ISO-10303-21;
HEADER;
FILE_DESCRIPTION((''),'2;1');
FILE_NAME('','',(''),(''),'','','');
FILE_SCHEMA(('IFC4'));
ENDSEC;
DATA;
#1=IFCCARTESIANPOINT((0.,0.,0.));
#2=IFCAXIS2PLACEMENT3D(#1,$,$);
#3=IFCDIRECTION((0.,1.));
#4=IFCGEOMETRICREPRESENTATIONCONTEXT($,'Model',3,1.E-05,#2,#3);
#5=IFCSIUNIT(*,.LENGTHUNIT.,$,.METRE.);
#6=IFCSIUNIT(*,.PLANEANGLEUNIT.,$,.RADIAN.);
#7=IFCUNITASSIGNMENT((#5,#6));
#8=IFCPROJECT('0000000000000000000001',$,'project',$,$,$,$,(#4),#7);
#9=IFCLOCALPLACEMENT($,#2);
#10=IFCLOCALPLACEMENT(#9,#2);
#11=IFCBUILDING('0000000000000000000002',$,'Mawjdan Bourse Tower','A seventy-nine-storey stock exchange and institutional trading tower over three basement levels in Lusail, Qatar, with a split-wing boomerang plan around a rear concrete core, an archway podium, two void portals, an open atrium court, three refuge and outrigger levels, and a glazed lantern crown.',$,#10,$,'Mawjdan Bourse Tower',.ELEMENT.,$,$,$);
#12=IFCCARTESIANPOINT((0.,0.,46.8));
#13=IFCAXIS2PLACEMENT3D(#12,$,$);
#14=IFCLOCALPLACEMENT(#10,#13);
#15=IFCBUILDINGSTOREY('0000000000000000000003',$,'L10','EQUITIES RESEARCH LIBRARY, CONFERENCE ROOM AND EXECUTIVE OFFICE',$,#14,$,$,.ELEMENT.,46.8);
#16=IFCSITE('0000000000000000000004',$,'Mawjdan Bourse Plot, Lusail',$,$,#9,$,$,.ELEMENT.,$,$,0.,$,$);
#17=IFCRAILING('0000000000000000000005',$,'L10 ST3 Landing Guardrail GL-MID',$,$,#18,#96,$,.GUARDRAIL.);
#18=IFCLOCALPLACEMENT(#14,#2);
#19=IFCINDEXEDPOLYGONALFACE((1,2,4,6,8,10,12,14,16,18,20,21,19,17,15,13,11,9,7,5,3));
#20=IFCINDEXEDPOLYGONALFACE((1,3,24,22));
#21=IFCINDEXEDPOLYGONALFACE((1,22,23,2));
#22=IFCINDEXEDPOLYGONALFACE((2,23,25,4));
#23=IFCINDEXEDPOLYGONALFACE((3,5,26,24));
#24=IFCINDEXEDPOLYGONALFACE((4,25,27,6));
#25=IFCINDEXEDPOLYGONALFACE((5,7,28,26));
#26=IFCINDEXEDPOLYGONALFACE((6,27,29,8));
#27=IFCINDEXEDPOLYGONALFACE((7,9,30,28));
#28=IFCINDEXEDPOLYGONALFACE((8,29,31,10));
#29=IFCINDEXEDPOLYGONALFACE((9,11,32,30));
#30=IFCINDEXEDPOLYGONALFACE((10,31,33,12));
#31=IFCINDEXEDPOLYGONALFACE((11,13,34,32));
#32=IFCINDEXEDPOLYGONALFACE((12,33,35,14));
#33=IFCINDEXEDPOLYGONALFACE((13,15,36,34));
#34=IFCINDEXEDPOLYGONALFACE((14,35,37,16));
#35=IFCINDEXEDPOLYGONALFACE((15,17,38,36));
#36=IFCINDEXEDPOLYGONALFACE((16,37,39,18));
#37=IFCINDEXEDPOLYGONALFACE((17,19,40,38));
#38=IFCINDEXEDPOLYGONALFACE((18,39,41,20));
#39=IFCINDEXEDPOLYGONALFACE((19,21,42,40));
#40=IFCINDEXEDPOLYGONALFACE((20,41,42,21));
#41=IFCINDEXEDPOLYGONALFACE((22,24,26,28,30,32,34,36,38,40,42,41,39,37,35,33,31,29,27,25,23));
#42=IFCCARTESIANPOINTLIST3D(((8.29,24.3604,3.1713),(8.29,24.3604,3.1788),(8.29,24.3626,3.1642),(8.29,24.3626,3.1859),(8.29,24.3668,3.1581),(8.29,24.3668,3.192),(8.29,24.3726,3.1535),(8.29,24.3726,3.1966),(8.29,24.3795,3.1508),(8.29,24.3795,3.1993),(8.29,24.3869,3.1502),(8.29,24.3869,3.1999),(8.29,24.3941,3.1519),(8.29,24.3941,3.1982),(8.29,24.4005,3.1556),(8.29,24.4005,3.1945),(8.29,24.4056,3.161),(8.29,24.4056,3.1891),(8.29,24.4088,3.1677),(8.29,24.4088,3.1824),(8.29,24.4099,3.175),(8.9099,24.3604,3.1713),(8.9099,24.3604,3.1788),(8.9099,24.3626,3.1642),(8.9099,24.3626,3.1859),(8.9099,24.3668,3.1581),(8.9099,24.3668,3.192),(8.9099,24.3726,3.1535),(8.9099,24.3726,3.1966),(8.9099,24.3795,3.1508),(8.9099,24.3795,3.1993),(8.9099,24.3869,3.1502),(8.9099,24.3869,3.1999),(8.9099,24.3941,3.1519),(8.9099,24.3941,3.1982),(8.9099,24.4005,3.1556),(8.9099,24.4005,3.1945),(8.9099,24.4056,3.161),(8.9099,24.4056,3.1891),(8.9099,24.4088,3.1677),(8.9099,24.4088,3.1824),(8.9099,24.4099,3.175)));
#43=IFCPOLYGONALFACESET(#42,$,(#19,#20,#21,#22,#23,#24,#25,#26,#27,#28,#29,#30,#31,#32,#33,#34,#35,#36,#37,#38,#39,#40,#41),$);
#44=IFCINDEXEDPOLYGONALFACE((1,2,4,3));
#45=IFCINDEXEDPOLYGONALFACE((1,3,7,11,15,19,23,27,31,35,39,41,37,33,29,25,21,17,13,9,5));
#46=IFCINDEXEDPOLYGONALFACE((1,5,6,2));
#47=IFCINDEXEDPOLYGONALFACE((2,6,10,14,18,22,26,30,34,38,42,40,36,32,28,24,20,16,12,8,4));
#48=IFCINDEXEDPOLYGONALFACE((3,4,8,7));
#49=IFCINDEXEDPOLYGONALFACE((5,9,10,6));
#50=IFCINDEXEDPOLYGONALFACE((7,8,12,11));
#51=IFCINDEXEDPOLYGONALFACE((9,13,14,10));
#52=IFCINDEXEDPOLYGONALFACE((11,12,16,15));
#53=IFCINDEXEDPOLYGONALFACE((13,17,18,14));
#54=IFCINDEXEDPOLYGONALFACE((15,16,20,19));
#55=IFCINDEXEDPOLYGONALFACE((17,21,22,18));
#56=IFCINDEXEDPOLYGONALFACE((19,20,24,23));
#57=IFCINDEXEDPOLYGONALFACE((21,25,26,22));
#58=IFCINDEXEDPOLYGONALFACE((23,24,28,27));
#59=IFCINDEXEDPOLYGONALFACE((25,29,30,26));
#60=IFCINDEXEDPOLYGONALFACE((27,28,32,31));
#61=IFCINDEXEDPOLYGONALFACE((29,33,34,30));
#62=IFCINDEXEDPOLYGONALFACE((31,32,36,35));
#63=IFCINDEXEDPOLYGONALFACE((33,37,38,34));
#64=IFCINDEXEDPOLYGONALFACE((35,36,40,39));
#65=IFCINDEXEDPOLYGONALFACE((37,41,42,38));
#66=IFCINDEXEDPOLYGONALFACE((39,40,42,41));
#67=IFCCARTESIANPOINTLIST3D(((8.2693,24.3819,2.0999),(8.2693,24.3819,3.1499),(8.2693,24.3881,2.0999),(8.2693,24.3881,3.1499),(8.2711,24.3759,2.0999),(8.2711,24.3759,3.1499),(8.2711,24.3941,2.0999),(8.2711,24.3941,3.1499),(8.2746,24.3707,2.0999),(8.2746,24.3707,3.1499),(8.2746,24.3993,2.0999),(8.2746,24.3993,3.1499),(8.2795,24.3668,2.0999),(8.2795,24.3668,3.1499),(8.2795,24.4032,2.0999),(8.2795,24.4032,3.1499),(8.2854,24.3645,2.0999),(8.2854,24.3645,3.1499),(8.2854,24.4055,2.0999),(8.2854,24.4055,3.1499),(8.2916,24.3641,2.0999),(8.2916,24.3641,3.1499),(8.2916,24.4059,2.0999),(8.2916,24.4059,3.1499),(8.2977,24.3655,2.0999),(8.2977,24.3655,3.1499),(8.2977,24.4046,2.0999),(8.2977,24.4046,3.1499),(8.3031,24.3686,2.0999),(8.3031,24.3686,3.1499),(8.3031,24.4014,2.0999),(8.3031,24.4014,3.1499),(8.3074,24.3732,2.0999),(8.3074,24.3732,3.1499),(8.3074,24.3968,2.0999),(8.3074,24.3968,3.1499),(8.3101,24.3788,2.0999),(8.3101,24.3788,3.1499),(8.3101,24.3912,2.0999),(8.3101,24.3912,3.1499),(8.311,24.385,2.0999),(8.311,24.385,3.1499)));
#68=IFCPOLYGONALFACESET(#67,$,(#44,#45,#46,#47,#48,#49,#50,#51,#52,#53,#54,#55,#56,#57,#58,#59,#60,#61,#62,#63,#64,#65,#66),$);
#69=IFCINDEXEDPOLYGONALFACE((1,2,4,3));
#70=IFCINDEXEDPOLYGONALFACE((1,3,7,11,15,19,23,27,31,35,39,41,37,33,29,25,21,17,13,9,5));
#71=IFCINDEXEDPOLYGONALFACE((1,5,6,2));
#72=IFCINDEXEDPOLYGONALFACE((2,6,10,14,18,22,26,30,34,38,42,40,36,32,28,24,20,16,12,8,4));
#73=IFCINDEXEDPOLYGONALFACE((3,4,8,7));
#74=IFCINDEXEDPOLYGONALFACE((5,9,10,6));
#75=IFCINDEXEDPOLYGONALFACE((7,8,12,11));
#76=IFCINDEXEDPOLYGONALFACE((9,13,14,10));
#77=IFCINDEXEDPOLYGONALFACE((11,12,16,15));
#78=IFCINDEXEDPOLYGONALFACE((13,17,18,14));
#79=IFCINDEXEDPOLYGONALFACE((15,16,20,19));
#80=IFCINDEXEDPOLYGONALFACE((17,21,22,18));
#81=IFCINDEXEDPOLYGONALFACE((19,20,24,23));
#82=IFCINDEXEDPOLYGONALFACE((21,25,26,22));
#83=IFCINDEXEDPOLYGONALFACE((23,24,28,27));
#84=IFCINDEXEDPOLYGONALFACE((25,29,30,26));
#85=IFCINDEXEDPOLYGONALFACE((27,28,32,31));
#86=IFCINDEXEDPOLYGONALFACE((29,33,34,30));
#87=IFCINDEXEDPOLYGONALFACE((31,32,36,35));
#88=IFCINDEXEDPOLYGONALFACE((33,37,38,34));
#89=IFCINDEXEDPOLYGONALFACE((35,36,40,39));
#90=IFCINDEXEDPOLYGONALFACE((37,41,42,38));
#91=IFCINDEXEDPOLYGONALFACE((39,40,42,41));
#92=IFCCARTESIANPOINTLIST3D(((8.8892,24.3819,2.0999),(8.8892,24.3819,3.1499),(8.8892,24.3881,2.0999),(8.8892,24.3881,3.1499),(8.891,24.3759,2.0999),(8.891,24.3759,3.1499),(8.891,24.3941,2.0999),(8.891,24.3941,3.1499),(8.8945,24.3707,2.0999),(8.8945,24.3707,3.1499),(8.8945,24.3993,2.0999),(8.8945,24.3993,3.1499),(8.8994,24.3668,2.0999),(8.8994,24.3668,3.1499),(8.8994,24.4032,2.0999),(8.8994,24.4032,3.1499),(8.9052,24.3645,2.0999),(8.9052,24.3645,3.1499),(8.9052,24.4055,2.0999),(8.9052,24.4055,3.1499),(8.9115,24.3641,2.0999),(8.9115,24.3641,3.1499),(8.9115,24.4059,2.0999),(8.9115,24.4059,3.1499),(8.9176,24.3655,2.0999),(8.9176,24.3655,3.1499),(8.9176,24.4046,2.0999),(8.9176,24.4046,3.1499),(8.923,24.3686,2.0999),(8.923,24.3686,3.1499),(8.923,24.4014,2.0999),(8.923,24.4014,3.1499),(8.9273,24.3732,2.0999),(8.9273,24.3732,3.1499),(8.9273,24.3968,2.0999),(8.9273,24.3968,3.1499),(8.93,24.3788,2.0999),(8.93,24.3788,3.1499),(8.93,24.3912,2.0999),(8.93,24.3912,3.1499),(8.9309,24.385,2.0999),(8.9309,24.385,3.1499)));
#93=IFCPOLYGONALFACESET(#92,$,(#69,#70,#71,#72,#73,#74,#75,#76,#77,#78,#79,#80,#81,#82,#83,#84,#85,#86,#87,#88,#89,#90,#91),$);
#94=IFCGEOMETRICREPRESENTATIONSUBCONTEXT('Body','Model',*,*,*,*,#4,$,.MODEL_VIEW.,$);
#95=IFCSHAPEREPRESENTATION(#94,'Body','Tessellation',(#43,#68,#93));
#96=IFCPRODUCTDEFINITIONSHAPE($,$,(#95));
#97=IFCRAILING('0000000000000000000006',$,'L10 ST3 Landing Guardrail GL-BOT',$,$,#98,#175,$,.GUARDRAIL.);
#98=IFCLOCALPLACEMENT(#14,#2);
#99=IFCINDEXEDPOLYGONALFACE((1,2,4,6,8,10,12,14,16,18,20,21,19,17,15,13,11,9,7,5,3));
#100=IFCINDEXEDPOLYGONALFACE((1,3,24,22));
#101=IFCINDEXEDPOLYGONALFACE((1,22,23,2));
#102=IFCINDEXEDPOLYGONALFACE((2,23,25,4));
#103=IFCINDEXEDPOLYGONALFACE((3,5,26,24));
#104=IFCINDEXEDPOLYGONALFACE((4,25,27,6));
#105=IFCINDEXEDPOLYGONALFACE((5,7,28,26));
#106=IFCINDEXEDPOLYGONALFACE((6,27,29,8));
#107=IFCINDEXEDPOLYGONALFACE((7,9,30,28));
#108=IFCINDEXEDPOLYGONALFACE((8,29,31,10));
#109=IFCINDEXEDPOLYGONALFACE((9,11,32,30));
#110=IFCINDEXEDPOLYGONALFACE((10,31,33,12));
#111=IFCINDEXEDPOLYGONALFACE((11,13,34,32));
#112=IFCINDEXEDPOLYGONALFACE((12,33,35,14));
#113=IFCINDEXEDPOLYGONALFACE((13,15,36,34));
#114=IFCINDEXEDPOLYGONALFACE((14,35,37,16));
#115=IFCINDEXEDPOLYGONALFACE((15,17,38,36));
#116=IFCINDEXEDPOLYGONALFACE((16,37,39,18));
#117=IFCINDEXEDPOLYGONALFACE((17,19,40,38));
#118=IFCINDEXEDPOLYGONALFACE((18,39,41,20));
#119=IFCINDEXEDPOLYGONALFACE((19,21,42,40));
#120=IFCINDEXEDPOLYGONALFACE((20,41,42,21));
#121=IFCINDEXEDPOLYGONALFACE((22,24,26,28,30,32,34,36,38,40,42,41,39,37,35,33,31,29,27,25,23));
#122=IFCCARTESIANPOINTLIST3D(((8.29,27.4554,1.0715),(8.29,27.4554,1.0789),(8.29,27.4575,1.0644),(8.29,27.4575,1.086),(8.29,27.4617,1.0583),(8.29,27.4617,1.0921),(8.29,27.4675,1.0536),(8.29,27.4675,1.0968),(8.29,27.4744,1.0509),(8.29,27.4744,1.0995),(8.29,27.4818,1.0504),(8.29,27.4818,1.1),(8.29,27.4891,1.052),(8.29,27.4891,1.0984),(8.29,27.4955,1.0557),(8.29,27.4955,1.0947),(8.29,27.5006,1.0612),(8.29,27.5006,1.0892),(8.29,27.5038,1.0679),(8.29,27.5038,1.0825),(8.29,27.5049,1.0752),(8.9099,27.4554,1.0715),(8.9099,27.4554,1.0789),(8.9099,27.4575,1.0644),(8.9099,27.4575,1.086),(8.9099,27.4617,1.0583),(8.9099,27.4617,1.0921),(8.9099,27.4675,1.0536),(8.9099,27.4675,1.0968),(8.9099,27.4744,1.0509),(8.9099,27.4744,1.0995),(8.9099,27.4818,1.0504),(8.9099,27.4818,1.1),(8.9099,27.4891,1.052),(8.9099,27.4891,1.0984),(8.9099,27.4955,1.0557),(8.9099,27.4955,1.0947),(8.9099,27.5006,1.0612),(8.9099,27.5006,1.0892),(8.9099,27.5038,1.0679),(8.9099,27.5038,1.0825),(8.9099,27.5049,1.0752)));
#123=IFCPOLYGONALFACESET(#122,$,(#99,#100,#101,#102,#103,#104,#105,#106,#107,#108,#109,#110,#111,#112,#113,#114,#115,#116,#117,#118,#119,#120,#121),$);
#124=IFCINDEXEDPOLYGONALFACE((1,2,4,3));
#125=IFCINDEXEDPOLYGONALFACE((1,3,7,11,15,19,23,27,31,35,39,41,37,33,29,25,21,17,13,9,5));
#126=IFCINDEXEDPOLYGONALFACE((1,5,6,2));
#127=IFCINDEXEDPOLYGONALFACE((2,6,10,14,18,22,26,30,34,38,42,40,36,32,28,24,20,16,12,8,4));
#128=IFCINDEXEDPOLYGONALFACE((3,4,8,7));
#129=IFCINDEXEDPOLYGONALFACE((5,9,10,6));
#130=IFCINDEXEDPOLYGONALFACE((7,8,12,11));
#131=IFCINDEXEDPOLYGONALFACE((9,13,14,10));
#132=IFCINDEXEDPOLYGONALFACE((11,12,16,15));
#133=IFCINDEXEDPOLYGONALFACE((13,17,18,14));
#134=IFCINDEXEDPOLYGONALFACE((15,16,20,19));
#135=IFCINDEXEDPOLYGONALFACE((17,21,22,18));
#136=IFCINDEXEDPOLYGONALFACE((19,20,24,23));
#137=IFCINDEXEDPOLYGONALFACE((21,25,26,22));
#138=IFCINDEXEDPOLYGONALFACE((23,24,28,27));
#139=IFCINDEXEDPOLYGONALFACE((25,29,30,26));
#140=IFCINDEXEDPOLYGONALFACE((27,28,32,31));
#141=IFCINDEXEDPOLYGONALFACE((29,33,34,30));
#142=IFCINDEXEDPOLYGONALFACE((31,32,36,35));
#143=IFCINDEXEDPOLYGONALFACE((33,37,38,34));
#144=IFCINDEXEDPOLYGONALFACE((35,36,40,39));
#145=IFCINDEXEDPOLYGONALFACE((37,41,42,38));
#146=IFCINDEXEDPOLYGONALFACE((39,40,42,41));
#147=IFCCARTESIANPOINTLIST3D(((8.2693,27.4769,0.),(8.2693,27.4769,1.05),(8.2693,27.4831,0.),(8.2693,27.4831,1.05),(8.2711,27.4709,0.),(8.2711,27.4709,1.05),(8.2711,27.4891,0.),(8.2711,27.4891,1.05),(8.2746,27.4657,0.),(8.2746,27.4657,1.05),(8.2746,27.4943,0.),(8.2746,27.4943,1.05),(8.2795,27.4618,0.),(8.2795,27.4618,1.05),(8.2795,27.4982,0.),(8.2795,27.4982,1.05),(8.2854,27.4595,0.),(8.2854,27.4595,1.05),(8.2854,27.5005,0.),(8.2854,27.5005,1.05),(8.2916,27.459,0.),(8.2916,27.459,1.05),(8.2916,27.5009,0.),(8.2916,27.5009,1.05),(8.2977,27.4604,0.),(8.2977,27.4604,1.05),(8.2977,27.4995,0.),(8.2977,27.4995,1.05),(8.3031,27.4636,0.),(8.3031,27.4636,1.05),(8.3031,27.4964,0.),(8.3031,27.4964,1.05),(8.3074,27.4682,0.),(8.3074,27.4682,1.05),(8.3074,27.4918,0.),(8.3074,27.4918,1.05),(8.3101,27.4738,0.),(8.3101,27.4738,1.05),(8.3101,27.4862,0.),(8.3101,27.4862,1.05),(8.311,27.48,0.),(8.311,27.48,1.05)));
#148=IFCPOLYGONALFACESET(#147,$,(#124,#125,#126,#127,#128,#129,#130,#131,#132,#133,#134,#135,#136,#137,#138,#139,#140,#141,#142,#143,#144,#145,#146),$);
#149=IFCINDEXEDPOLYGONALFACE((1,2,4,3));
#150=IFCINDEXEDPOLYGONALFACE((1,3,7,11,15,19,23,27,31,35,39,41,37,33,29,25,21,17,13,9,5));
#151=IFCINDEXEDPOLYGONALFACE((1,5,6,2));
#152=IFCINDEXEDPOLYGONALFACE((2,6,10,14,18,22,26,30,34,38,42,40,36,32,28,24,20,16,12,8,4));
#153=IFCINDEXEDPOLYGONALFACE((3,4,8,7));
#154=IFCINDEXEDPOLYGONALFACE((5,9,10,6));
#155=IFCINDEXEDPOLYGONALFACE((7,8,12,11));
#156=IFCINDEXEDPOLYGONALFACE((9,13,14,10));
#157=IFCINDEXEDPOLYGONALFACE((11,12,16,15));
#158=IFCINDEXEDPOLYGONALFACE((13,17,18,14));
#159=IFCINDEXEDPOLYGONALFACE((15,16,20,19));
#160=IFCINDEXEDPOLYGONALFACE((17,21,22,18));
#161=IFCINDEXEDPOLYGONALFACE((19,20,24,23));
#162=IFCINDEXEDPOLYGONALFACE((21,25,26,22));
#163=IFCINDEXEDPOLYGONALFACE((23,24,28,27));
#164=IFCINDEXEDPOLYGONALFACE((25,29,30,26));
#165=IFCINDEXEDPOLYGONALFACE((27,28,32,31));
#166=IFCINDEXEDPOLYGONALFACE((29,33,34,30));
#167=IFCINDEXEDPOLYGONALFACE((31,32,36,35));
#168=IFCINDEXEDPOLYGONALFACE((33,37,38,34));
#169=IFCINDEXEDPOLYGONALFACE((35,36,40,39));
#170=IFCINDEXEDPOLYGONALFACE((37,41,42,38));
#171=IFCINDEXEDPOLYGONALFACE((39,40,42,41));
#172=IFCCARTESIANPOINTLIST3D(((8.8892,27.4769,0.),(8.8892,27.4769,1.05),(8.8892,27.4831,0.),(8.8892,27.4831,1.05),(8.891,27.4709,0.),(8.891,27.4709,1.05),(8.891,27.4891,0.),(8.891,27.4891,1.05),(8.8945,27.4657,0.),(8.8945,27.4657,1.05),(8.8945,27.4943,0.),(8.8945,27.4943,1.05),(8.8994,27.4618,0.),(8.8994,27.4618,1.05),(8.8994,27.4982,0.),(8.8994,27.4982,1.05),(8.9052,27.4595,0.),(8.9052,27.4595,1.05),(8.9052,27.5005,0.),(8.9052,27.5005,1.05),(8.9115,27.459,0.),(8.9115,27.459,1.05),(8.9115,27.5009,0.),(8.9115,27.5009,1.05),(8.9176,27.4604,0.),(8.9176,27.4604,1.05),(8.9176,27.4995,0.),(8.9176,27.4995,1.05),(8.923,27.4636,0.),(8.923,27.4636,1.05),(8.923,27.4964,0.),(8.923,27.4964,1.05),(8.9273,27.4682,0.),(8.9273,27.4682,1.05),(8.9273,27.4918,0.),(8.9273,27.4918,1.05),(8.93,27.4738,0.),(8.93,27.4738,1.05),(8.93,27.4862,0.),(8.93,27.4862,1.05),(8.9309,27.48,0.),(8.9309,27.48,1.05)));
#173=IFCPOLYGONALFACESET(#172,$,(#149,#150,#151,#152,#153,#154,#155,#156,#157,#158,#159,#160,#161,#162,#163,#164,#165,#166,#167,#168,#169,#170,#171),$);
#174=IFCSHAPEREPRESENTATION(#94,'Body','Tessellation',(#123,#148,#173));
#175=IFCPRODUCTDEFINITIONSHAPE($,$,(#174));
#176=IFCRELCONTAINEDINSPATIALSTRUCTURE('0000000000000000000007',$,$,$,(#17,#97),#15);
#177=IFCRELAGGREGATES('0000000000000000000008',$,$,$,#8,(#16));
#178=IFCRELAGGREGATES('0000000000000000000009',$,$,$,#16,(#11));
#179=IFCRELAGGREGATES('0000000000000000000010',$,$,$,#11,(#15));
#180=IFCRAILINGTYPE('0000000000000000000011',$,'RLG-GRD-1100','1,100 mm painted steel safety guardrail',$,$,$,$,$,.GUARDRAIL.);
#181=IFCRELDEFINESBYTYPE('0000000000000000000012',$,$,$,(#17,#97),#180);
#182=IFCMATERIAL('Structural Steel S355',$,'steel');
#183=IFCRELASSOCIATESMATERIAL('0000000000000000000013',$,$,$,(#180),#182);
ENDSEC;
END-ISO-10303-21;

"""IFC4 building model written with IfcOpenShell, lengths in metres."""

from ifc_helpers import new_model, si_unit, direction, frame, origin, origin_2d, place, context, subcontext, project, spatial, circle, extrude, material, type_object, element, save


model = new_model("IFC4")

# Units and contexts
model_context = context("Model", 3, precision=1e-05, world=origin(), true_north=direction((0.0, 1.0)))
body_context = subcontext(model_context, "Body", "Model", "MODEL_VIEW")
ifc_project = project(units=[si_unit("LENGTHUNIT", "METRE"), si_unit("PLANEANGLEUNIT", "RADIAN")], contexts=[model_context])

# Site, building, storey
site_placement = place(None, origin())
site = spatial("IfcSite", under=ifc_project, at=site_placement, Name="Mawjdan Bourse Plot, Lusail", CompositionType="ELEMENT", RefElevation=0.0)
building_placement = place(site_placement, origin())
building = spatial("IfcBuilding", under=site, at=building_placement, Name="Mawjdan Bourse Tower", Description="A seventy-nine-storey stock exchange and institutional trading tower over three basement levels in Lusail, Qatar, with a split-wing boomerang plan around a rear concrete core, an archway podium, two void portals, an open atrium court, three refuge and outrigger levels, and a glazed lantern crown.", LongName="Mawjdan Bourse Tower", CompositionType="ELEMENT")
storey_placement = place(building_placement, frame((0.0, 0.0, 46.8)))
storey = spatial("IfcBuildingStorey", under=building, at=storey_placement, Name="L10", Description="EQUITIES RESEARCH LIBRARY, CONFERENCE ROOM AND EXECUTIVE OFFICE", CompositionType="ELEMENT", Elevation=46.8)

# Shared definitions
ifc_material_1 = material(Name="Structural Steel S355", Category="steel")

# Railings
railing_type_1 = type_object("IfcRailingType", Name="RLG-GRD-1100", Description="1,100 mm painted steel safety guardrail", PredefinedType="GUARDRAIL", material=ifc_material_1)
for number, where, name in (
    (1, (8.29, 24.385, 2.0999), "L10 ST3 Landing Guardrail GL-MID"),
    (2, (8.29, 27.48, 0.0), "L10 ST3 Landing Guardrail GL-BOT"),
):
    element("IfcRailing", number, at=place(storey_placement, frame(where)), inside=storey, type_object=railing_type_1, Name=name, PredefinedType="GUARDRAIL", context=body_context, shape_type="SweptSolid", body=[
        extrude(circle(Radius=0.0249, at=origin_2d()), frame((0.0, 0.0, 1.0752), z_axis=(1.0, 0.0, 0.0), x_axis=(0.0, 1.0, 0.0)), (0.0, 0.0, 1.0), 0.6199),
        extrude(circle(Radius=0.021, at=origin_2d()), origin(), (0.0, 0.0, 1.0), 1.05),
        extrude(circle(Radius=0.021, at=origin_2d()), frame((0.6199, 0.0, 0.0)), (0.0, 0.0, 1.0), 1.05),
    ])

save(model, "model.ifc")
